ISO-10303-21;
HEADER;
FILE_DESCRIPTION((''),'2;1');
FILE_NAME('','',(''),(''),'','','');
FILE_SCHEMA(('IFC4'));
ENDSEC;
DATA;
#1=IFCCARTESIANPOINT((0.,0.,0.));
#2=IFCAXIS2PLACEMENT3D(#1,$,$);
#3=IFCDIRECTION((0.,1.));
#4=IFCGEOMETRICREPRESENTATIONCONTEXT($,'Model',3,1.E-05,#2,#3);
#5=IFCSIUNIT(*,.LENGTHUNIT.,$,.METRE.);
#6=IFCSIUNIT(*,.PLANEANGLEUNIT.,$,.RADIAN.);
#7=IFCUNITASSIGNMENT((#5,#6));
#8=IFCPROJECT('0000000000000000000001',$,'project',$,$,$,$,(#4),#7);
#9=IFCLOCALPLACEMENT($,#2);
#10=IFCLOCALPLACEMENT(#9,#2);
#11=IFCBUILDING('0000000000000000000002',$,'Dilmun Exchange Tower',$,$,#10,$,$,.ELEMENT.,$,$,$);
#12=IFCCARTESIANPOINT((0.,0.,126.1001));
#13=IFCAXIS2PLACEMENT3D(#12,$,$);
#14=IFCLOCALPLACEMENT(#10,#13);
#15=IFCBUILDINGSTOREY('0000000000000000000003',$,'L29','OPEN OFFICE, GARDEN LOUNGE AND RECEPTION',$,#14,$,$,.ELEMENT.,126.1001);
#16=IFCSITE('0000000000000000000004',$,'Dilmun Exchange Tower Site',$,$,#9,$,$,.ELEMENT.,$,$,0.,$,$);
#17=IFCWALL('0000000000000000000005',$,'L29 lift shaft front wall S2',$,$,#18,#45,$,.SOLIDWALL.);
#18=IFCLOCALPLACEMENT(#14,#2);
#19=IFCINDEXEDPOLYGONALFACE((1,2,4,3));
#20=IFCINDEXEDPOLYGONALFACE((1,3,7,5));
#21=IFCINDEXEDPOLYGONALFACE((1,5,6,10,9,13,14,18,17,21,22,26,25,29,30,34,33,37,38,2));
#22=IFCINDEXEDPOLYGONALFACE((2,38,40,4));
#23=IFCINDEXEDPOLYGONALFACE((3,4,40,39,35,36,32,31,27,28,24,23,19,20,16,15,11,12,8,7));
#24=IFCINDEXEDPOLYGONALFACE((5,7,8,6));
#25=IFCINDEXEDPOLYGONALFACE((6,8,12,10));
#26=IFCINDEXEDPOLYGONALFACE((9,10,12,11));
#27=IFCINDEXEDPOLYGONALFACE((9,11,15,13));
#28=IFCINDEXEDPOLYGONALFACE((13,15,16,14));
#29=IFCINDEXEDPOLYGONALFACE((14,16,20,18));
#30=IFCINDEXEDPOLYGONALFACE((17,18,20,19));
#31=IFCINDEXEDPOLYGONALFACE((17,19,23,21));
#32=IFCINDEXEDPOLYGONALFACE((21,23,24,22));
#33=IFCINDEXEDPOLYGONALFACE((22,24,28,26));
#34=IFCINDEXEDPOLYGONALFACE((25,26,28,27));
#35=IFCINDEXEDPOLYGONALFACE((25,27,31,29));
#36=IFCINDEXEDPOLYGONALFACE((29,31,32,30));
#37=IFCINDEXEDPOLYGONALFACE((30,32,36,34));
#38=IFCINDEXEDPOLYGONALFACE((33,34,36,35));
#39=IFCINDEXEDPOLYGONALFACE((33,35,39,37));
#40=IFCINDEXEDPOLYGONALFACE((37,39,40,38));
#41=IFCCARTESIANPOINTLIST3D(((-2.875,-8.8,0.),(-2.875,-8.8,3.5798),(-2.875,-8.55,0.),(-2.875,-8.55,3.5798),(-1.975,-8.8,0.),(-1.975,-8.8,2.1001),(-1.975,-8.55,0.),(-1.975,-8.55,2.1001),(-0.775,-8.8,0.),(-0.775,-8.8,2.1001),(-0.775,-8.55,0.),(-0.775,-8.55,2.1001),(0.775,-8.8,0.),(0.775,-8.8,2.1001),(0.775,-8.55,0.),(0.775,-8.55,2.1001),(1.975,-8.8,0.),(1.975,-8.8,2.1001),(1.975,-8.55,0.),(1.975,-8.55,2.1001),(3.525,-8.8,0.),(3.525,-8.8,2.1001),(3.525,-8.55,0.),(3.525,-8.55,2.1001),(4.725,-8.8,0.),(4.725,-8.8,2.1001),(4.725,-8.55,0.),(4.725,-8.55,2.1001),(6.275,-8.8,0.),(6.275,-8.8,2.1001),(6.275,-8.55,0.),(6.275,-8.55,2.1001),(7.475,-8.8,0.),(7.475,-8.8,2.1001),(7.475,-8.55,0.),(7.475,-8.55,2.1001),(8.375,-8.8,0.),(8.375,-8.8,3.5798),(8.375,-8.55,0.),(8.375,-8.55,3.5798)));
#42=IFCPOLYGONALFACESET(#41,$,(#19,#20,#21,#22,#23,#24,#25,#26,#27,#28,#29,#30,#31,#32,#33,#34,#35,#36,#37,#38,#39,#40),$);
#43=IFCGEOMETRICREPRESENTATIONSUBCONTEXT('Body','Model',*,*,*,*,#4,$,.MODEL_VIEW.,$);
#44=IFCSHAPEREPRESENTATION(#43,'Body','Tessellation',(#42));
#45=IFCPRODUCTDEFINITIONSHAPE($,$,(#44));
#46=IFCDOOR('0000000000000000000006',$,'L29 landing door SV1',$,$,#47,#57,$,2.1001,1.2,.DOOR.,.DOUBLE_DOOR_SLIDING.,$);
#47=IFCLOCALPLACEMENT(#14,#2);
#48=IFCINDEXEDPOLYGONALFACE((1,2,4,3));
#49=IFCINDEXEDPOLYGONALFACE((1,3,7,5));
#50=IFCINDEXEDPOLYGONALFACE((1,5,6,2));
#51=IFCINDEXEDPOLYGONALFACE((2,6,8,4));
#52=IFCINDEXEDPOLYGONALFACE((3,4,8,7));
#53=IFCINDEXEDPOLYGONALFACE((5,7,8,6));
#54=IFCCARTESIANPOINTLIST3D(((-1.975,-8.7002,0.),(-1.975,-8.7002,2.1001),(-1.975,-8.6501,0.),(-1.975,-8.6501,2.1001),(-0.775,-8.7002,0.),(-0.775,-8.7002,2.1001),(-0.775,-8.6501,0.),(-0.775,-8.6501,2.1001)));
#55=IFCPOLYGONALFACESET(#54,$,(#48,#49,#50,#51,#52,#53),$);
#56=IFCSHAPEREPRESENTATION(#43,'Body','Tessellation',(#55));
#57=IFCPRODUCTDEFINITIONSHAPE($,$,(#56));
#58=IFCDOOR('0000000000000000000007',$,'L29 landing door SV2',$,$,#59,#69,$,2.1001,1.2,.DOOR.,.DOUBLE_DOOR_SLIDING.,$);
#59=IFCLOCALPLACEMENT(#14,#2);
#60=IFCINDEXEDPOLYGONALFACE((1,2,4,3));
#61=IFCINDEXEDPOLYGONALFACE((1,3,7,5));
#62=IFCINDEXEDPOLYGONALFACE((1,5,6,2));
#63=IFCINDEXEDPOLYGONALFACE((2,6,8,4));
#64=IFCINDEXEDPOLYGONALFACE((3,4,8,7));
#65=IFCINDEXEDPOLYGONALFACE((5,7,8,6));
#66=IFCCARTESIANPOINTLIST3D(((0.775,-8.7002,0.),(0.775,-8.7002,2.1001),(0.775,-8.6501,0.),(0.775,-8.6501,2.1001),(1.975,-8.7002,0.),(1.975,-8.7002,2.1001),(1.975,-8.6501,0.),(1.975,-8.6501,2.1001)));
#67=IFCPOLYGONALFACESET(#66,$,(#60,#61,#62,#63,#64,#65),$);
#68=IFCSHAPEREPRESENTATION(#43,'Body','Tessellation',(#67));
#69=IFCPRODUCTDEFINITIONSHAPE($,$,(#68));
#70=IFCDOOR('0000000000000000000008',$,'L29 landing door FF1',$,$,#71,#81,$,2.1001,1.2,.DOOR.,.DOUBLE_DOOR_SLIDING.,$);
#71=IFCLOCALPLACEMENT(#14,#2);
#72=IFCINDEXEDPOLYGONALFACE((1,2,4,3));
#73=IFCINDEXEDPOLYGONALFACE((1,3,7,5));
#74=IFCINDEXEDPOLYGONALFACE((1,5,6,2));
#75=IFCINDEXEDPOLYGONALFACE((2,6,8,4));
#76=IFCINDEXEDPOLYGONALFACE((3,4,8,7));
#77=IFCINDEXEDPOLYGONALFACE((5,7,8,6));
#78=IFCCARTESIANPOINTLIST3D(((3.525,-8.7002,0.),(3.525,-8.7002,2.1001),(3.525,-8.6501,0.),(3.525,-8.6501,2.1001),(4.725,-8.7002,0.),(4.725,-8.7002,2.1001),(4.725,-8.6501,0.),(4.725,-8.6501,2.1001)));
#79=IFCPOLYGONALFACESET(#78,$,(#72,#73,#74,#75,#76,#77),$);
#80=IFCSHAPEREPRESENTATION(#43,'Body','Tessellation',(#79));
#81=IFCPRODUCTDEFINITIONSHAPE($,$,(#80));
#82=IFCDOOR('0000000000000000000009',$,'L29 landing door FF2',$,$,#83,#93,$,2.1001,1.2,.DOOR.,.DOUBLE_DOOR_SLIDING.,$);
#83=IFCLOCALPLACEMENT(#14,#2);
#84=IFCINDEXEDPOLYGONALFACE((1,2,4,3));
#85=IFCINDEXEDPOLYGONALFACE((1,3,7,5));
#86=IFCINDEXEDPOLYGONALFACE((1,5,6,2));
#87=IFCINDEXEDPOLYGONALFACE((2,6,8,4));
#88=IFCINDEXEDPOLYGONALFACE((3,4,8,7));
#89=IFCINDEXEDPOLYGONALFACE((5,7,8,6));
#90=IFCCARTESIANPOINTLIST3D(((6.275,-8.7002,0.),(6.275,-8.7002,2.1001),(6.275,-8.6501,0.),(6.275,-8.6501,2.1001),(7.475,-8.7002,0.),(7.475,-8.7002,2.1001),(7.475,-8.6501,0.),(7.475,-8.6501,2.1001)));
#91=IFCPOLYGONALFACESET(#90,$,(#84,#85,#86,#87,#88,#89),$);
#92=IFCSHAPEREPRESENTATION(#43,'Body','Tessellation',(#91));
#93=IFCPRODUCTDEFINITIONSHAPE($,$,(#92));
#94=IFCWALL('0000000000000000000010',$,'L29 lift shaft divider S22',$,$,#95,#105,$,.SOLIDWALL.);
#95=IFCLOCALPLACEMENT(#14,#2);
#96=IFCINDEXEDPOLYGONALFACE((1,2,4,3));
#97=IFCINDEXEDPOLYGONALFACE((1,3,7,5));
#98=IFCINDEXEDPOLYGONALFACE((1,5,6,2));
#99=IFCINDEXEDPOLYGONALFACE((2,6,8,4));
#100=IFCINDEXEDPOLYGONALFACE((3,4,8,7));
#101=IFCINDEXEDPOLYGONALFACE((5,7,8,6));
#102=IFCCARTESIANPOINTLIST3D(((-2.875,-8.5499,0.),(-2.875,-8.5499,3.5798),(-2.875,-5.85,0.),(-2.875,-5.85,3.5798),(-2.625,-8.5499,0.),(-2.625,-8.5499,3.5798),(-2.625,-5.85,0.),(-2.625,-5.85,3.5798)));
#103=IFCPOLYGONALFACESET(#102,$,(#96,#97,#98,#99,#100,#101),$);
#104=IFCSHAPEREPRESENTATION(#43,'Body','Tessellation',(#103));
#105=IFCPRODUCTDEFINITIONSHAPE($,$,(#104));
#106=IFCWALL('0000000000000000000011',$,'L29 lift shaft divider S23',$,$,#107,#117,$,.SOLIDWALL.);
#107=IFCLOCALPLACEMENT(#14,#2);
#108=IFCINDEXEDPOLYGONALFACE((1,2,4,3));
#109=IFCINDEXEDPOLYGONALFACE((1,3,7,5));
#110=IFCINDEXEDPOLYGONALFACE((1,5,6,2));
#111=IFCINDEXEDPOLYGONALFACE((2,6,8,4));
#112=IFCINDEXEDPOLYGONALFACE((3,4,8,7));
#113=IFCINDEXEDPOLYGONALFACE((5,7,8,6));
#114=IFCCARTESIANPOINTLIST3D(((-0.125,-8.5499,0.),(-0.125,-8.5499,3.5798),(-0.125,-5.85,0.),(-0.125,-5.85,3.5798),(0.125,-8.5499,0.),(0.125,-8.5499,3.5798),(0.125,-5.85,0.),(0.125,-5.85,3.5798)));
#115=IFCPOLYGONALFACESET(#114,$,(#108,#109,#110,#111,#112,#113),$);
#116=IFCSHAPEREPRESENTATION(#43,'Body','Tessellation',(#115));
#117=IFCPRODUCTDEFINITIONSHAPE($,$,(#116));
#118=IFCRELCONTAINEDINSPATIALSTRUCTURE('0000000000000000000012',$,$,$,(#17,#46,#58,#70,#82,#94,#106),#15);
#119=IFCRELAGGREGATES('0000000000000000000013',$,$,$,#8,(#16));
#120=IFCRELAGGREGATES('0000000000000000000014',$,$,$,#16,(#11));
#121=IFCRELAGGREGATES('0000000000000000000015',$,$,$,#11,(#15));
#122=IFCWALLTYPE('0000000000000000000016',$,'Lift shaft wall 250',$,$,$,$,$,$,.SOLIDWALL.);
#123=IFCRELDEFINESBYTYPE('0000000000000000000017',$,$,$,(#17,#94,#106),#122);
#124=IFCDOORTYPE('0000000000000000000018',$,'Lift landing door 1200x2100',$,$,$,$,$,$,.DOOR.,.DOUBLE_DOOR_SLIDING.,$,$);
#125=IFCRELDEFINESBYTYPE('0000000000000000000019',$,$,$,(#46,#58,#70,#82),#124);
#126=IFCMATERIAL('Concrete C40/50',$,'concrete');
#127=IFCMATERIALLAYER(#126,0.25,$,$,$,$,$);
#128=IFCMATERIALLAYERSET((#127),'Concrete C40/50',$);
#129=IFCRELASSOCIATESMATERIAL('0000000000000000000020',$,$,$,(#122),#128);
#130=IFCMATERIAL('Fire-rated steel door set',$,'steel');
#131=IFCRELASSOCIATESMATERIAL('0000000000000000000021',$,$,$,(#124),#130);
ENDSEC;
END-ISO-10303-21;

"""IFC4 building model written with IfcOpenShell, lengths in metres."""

from ifc_helpers import new_model, si_unit, direction, frame, frame_2d, origin, place, context, subcontext, project, spatial, rectangle, extrude, material, layer, layer_set, type_object, element, fill, save


model = new_model("IFC4")

# Units and contexts
model_context = context("Model", 3, precision=1e-05, world=origin(), true_north=direction((0.0, 1.0)))
body_context = subcontext(model_context, "Body", "Model", "MODEL_VIEW")
ifc_project = project(units=[si_unit("LENGTHUNIT", "METRE"), si_unit("PLANEANGLEUNIT", "RADIAN")], contexts=[model_context])

# Site, building, storey
site_placement = place(None, origin())
site = spatial("IfcSite", under=ifc_project, at=site_placement, Name="Dilmun Exchange Tower Site", CompositionType="ELEMENT", RefElevation=0.0)
building_placement = place(site_placement, origin())
building = spatial("IfcBuilding", under=site, at=building_placement, Name="Dilmun Exchange Tower", CompositionType="ELEMENT")
storey_placement = place(building_placement, frame((0.0, 0.0, 126.1001)))
storey = spatial("IfcBuildingStorey", under=building, at=storey_placement, Name="L29", Description="OPEN OFFICE, GARDEN LOUNGE AND RECEPTION", CompositionType="ELEMENT", Elevation=126.1001)

# Shared definitions
ifc_material_1 = material(Name="Concrete C40/50", Category="concrete")

# Shared definitions
ifc_material_2 = material(Name="Fire-rated steel door set", Category="steel")

# Shared definitions
ifc_layer_1 = layer(ifc_material_1, 0.25)
ifc_layer_set_1 = layer_set([ifc_layer_1], Name="Concrete C40/50")
wall_type_1 = type_object("IfcWallType", Name="Lift shaft wall 250", PredefinedType="SOLIDWALL", material=ifc_layer_set_1)

# Wall, openings, doors
wall_1_placement = place(storey_placement, frame((-2.875, -8.675, 0.0), z_axis=(0.0, 0.0, 1.0), x_axis=(1.0, 0.0, 0.0)))
wall_1 = element("IfcWall", 1, at=wall_1_placement, inside=storey, type_object=wall_type_1, Name="L29 lift shaft front wall S2", PredefinedType="SOLIDWALL", context=body_context, shape_type="SweptSolid", body=[
    extrude(rectangle(XDim=11.25, YDim=0.25, at=frame_2d((5.625, 0.0))), origin(), (0.0, 0.0, 1.0), 3.5798),
])
opening_1_placement = place(wall_1_placement, frame((0.8999, 0.0, 0.0)))
opening_1 = element("IfcOpeningElement", 2, at=opening_1_placement, cuts=wall_1, PredefinedType="OPENING", context=body_context, shape_type="SweptSolid", body=[
    extrude(rectangle(XDim=1.2, YDim=2.1001, at=frame_2d((0.6001, 1.05))), frame((0.0, 0.135, 0.0), z_axis=(0.0, -1.0, 0.0), x_axis=(1.0, 0.0, 0.0)), (0.0, 0.0, 1.0), 0.27),
])
opening_2_placement = place(wall_1_placement, frame((3.6499, 0.0, 0.0)))
opening_2 = element("IfcOpeningElement", 3, at=opening_2_placement, cuts=wall_1, PredefinedType="OPENING", context=body_context, shape_type="SweptSolid", body=[
    extrude(rectangle(XDim=1.2, YDim=2.1001, at=frame_2d((0.6001, 1.05))), frame((0.0, 0.135, 0.0), z_axis=(0.0, -1.0, 0.0), x_axis=(1.0, 0.0, 0.0)), (0.0, 0.0, 1.0), 0.27),
])
opening_3_placement = place(wall_1_placement, frame((6.3999, 0.0, 0.0)))
opening_3 = element("IfcOpeningElement", 4, at=opening_3_placement, cuts=wall_1, PredefinedType="OPENING", context=body_context, shape_type="SweptSolid", body=[
    extrude(rectangle(XDim=1.2, YDim=2.1001, at=frame_2d((0.6001, 1.05))), frame((0.0, 0.135, 0.0), z_axis=(0.0, -1.0, 0.0), x_axis=(1.0, 0.0, 0.0)), (0.0, 0.0, 1.0), 0.27),
])
opening_4_placement = place(wall_1_placement, frame((9.1499, 0.0, 0.0)))
opening_4 = element("IfcOpeningElement", 5, at=opening_4_placement, cuts=wall_1, PredefinedType="OPENING", context=body_context, shape_type="SweptSolid", body=[
    extrude(rectangle(XDim=1.2, YDim=2.1001, at=frame_2d((0.6001, 1.05))), frame((0.0, 0.135, 0.0), z_axis=(0.0, -1.0, 0.0), x_axis=(1.0, 0.0, 0.0)), (0.0, 0.0, 1.0), 0.27),
])
door_type_1 = type_object("IfcDoorType", Name="Lift landing door 1200x2100", OperationType="DOUBLE_DOOR_SLIDING", PredefinedType="DOOR", material=ifc_material_2)
door_1_placement = place(opening_1_placement, origin())
door_1 = element("IfcDoor", 6, at=door_1_placement, inside=storey, type_object=door_type_1, Name="L29 landing door SV1", OperationType="DOUBLE_DOOR_SLIDING", OverallHeight=2.1001, OverallWidth=1.2, PredefinedType="DOOR", context=body_context, shape_type="SweptSolid", body=[
    extrude(rectangle(XDim=1.2, YDim=2.1001, at=frame_2d((0.6001, 1.05))), frame((0.0, 0.0249, 0.0), z_axis=(0.0, -1.0, 0.0), x_axis=(1.0, 0.0, 0.0)), (0.0, 0.0, 1.0), 0.05),
])
fill(opening_1, door_1)
door_2_placement = place(opening_2_placement, origin())
door_2 = element("IfcDoor", 7, at=door_2_placement, inside=storey, type_object=door_type_1, Name="L29 landing door SV2", OperationType="DOUBLE_DOOR_SLIDING", OverallHeight=2.1001, OverallWidth=1.2, PredefinedType="DOOR", context=body_context, shape_type="SweptSolid", body=[
    extrude(rectangle(XDim=1.2, YDim=2.1001, at=frame_2d((0.6001, 1.05))), frame((0.0, 0.0249, 0.0), z_axis=(0.0, -1.0, 0.0), x_axis=(1.0, 0.0, 0.0)), (0.0, 0.0, 1.0), 0.05),
])
fill(opening_2, door_2)
door_3_placement = place(opening_3_placement, origin())
door_3 = element("IfcDoor", 8, at=door_3_placement, inside=storey, type_object=door_type_1, Name="L29 landing door FF1", OperationType="DOUBLE_DOOR_SLIDING", OverallHeight=2.1001, OverallWidth=1.2, PredefinedType="DOOR", context=body_context, shape_type="SweptSolid", body=[
    extrude(rectangle(XDim=1.2, YDim=2.1001, at=frame_2d((0.6001, 1.05))), frame((0.0, 0.0249, 0.0), z_axis=(0.0, -1.0, 0.0), x_axis=(1.0, 0.0, 0.0)), (0.0, 0.0, 1.0), 0.05),
])
fill(opening_3, door_3)
door_4_placement = place(opening_4_placement, origin())
door_4 = element("IfcDoor", 9, at=door_4_placement, inside=storey, type_object=door_type_1, Name="L29 landing door FF2", OperationType="DOUBLE_DOOR_SLIDING", OverallHeight=2.1001, OverallWidth=1.2, PredefinedType="DOOR", context=body_context, shape_type="SweptSolid", body=[
    extrude(rectangle(XDim=1.2, YDim=2.1001, at=frame_2d((0.6001, 1.05))), frame((0.0, 0.0249, 0.0), z_axis=(0.0, -1.0, 0.0), x_axis=(1.0, 0.0, 0.0)), (0.0, 0.0, 1.0), 0.05),
])
fill(opening_4, door_4)

# Walls
for number, where, z_axis, x_axis, name in (
    (10, (-2.75, -8.55, 0.0), (0.0, 0.0, 1.0), (0.0, 1.0, 0.0), "L29 lift shaft divider S22"),
    (11, (0.0, -8.55, 0.0), (0.0, 0.0, 1.0), (0.0, 1.0, 0.0), "L29 lift shaft divider S23"),
):
    element("IfcWall", number, at=place(storey_placement, frame(where, z_axis=z_axis, x_axis=x_axis)), inside=storey, type_object=wall_type_1, Name=name, PredefinedType="SOLIDWALL", context=body_context, shape_type="SweptSolid", body=[
        extrude(rectangle(XDim=2.7, YDim=0.25, at=frame_2d((1.3501, 0.0))), origin(), (0.0, 0.0, 1.0), 3.5798),
    ])

save(model, "model.ifc")
